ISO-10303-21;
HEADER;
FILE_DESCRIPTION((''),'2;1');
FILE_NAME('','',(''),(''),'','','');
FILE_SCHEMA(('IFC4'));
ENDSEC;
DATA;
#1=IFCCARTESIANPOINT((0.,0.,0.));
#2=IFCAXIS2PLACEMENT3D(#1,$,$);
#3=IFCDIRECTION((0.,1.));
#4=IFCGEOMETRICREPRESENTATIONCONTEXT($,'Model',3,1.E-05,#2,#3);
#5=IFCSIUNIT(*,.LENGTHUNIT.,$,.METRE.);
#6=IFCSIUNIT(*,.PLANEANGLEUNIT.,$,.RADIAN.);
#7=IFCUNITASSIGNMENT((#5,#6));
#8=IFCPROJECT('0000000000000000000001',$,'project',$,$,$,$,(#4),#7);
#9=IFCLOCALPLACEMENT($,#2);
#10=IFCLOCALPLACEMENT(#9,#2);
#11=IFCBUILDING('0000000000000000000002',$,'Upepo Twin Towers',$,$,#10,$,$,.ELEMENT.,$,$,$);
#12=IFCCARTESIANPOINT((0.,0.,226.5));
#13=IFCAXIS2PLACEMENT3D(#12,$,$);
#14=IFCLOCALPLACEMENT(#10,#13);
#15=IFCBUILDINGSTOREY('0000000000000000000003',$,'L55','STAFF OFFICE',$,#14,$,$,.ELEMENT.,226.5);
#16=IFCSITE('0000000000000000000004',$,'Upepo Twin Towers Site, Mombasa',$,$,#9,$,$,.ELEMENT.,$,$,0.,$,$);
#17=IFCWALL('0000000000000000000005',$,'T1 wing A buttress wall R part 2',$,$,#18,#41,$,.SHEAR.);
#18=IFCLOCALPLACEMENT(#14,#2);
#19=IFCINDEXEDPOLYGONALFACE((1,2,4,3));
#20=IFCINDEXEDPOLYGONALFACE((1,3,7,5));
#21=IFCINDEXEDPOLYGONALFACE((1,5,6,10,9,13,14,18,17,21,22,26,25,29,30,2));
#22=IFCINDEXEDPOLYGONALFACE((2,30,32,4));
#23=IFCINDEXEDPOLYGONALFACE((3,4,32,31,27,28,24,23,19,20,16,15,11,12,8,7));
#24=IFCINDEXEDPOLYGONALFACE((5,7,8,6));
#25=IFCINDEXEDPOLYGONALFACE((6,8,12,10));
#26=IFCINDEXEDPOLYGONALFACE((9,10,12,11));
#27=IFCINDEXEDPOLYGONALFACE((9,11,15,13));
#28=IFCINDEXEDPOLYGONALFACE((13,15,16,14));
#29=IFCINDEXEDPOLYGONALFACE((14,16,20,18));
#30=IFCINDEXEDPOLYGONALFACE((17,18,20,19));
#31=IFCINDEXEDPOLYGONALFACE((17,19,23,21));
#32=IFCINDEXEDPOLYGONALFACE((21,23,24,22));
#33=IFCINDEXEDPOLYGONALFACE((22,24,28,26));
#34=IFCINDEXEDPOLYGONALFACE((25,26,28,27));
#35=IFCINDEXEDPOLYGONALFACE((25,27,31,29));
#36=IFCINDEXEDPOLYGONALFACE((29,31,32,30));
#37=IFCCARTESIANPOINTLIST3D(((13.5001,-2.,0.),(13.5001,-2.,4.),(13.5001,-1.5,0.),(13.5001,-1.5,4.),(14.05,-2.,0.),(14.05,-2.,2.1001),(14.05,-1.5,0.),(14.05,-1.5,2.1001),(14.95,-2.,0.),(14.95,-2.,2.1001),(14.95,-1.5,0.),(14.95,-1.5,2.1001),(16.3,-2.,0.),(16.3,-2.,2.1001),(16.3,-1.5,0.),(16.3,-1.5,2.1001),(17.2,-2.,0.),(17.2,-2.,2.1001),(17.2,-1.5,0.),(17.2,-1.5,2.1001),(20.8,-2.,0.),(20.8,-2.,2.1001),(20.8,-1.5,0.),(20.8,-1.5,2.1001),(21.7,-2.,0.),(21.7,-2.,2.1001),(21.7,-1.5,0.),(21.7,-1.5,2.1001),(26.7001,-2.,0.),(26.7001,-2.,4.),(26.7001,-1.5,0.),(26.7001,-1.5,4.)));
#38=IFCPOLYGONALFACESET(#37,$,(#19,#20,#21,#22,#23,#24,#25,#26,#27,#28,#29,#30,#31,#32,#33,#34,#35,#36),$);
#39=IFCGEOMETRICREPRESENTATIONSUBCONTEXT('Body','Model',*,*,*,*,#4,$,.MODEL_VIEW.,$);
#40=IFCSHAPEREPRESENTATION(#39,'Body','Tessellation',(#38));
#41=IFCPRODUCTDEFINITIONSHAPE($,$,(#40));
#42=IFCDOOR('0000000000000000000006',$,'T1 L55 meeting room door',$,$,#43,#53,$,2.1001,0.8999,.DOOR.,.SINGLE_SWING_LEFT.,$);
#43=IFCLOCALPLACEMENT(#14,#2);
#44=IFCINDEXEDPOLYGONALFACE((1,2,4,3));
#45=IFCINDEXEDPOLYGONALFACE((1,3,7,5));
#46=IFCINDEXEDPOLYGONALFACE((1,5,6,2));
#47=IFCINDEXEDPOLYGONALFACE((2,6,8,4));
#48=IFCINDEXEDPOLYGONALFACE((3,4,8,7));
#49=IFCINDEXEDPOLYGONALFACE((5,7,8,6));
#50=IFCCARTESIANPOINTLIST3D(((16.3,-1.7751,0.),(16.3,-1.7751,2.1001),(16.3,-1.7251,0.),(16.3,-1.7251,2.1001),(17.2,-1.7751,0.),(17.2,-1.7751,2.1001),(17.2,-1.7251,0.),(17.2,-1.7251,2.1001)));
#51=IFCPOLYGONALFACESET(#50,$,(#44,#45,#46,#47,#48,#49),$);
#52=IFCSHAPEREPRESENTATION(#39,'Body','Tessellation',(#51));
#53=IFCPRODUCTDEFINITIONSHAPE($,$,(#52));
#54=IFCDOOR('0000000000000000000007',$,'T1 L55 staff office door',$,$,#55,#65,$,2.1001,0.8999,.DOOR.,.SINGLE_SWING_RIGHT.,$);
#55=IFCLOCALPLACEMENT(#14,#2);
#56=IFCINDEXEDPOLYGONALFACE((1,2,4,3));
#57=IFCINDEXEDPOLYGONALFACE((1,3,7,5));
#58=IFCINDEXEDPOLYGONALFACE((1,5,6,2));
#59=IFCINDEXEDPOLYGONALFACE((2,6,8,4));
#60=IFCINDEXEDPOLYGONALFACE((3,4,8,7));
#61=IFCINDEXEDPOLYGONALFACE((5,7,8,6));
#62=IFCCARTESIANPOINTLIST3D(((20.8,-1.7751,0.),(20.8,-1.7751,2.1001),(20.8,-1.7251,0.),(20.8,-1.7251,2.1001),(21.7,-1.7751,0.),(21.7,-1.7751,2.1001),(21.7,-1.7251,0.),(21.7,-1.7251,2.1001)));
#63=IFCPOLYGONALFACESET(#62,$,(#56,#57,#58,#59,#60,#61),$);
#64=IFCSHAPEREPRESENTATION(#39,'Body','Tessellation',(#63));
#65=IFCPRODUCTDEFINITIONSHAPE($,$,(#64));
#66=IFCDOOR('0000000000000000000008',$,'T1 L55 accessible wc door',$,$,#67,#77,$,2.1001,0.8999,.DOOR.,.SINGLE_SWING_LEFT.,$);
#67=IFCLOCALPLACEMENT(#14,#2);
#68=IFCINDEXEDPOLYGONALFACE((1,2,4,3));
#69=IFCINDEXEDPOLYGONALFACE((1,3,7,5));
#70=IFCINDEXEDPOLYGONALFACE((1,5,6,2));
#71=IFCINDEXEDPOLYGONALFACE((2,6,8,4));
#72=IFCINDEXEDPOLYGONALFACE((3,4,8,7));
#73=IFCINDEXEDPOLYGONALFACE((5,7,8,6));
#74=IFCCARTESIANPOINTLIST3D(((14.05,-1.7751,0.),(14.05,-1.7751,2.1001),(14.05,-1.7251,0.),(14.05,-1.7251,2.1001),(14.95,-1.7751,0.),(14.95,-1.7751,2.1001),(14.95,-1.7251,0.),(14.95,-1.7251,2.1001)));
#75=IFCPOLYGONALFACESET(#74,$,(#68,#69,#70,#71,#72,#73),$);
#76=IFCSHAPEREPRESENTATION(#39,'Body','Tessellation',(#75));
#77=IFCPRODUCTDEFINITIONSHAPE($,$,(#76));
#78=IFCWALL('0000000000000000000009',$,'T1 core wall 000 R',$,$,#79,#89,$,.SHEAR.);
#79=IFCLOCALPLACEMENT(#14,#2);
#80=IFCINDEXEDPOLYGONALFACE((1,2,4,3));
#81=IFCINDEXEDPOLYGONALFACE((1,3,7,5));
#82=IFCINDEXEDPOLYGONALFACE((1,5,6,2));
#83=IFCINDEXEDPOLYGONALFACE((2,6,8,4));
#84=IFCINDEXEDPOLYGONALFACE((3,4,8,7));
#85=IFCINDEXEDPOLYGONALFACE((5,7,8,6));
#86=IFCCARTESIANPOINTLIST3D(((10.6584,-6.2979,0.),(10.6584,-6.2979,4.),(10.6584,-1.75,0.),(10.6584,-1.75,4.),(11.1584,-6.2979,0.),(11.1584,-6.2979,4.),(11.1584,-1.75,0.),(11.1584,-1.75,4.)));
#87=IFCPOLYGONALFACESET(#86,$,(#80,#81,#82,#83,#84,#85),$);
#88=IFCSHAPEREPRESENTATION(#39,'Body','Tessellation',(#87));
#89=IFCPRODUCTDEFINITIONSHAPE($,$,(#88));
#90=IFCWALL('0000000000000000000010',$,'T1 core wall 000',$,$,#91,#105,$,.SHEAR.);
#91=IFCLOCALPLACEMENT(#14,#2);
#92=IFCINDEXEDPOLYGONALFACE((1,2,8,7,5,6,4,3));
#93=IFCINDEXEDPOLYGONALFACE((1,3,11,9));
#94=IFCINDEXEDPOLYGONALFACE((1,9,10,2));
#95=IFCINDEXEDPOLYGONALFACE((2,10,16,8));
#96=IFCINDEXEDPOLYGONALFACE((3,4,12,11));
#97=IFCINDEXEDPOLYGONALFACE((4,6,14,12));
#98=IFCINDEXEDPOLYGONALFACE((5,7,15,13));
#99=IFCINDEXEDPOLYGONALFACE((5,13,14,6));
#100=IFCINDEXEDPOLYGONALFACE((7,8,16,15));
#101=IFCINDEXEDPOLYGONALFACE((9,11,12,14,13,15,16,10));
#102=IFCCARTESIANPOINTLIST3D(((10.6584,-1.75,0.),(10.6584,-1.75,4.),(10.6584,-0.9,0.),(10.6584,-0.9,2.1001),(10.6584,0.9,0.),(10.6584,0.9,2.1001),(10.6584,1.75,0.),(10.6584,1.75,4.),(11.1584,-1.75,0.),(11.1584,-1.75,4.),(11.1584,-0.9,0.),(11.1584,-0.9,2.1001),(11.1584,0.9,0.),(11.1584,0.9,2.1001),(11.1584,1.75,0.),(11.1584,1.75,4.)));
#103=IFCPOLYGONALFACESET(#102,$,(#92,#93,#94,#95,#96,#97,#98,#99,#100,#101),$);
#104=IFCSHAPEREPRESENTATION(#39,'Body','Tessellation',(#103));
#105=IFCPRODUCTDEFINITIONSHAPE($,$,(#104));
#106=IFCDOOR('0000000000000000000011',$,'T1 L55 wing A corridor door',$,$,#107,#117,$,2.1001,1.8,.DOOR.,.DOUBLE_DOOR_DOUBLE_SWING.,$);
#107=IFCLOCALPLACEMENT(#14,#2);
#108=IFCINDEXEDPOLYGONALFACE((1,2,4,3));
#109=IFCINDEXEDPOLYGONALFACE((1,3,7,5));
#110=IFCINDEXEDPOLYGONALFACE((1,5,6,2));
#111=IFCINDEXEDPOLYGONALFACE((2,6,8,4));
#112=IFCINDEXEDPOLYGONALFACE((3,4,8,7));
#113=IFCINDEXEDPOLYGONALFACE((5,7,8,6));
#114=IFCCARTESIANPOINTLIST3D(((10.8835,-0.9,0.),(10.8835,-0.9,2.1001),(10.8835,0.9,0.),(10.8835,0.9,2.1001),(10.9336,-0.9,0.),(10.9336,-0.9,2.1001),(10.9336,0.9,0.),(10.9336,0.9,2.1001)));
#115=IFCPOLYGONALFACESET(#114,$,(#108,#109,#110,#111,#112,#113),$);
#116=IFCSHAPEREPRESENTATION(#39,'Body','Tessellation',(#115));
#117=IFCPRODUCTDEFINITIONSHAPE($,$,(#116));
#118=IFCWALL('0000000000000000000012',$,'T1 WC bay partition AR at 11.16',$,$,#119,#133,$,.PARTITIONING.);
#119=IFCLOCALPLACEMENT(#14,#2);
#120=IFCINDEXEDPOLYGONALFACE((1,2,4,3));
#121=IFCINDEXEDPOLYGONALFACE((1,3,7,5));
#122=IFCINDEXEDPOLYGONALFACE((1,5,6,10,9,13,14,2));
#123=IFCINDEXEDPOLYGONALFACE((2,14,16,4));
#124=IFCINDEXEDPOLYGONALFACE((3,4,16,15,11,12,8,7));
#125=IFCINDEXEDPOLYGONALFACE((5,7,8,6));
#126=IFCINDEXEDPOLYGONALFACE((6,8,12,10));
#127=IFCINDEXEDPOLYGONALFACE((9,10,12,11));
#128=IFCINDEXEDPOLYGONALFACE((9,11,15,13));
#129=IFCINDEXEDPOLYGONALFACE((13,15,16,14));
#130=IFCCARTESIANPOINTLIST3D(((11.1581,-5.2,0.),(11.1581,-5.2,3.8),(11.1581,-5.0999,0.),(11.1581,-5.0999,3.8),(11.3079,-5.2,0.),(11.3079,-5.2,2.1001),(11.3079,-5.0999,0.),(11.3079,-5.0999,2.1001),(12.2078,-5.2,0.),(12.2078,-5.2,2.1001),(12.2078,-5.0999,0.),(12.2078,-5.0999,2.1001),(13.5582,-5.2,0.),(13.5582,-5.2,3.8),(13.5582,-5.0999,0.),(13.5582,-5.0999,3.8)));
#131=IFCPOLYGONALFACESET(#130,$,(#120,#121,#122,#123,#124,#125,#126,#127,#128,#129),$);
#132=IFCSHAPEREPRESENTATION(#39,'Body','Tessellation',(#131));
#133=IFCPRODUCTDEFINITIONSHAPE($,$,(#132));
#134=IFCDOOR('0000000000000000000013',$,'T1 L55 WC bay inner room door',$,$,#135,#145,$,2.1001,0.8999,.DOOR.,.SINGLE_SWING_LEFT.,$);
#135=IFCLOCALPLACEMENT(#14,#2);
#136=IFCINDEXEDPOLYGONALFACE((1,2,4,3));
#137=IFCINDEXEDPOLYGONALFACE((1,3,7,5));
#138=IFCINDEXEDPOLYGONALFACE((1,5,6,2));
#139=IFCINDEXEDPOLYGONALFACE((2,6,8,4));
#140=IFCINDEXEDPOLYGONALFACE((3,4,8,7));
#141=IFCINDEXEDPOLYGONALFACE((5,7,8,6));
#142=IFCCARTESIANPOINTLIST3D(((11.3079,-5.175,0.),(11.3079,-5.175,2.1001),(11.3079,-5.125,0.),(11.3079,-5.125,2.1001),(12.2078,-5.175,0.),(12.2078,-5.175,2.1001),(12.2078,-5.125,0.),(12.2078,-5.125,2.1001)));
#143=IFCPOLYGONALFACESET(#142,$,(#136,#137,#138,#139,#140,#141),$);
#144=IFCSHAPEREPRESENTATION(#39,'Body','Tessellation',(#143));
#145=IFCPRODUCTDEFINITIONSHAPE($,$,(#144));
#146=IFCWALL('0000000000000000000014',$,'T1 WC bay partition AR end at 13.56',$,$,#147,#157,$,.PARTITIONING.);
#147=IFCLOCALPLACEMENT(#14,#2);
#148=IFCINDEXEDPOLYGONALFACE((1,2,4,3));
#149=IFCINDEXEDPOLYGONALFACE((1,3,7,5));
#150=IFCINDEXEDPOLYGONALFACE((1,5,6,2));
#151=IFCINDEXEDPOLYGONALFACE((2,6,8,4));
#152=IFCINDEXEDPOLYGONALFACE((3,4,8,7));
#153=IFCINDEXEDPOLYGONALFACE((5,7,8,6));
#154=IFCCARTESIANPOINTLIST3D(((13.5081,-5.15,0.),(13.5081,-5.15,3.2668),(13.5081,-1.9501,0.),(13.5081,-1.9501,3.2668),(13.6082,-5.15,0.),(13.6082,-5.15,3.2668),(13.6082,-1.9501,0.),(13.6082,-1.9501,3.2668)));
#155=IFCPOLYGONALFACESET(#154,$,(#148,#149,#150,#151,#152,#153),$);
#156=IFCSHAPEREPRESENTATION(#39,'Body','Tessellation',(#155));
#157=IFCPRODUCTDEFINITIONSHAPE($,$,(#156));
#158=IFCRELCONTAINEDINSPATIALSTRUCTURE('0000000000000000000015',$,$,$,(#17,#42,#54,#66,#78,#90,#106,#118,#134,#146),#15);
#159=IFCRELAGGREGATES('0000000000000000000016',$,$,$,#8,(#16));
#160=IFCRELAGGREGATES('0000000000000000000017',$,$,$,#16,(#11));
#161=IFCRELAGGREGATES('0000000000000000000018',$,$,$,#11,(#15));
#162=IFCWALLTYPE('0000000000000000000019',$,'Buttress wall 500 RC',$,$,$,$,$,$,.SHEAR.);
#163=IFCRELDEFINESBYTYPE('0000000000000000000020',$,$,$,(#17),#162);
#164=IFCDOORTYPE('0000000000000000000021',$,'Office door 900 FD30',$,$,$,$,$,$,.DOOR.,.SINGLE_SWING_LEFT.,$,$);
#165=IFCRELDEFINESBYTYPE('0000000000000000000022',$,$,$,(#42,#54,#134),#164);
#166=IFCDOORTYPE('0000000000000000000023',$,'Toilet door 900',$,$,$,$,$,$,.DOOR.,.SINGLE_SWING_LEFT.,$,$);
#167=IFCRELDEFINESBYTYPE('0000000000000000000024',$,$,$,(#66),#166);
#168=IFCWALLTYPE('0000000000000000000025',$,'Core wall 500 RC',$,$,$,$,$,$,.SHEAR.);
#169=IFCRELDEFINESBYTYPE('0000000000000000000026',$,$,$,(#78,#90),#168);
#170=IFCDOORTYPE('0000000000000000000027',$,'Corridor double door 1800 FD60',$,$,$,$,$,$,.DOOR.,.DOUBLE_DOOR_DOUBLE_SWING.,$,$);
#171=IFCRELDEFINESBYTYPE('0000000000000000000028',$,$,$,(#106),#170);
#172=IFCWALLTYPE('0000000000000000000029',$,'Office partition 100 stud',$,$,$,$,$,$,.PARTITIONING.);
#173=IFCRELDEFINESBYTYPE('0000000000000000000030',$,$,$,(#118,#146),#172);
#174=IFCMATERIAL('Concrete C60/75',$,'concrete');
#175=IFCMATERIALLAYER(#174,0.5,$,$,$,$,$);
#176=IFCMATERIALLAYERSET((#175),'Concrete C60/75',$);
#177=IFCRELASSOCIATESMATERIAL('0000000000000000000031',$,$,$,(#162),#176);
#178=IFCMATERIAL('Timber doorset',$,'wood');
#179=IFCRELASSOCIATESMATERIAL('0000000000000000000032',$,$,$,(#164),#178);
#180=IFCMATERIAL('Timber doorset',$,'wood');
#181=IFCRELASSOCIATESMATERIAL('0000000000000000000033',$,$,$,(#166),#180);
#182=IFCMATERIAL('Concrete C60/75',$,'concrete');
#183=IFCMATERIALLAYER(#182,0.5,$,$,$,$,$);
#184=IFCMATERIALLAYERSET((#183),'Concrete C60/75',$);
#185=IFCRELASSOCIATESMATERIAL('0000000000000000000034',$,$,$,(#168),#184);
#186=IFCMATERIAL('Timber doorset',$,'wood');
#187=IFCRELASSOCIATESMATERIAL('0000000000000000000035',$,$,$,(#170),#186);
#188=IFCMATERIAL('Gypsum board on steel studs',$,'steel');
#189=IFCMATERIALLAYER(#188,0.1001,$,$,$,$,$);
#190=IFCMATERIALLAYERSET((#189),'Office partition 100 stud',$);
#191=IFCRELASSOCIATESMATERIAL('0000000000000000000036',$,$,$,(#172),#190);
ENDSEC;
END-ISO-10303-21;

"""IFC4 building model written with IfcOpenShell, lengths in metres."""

from ifc_helpers import new_model, si_unit, direction, frame, frame_2d, origin, place, context, subcontext, project, spatial, rectangle, extrude, material, layer, layer_set, type_object, element, fill, save


model = new_model("IFC4")

# Units and contexts
model_context = context("Model", 3, precision=1e-05, world=origin(), true_north=direction((0.0, 1.0)))
body_context = subcontext(model_context, "Body", "Model", "MODEL_VIEW")
ifc_project = project(units=[si_unit("LENGTHUNIT", "METRE"), si_unit("PLANEANGLEUNIT", "RADIAN")], contexts=[model_context])

# Site, building, storey
site_placement = place(None, origin())
site = spatial("IfcSite", under=ifc_project, at=site_placement, Name="Upepo Twin Towers Site, Mombasa", CompositionType="ELEMENT", RefElevation=0.0)
building_placement = place(site_placement, origin())
building = spatial("IfcBuilding", under=site, at=building_placement, Name="Upepo Twin Towers", CompositionType="ELEMENT")
storey_placement = place(building_placement, frame((0.0, 0.0, 226.5)))
storey = spatial("IfcBuildingStorey", under=building, at=storey_placement, Name="L55", Description="STAFF OFFICE", CompositionType="ELEMENT", Elevation=226.5)

# Wall, openings, doors
ifc_material_1 = material(Name="Concrete C60/75", Category="concrete")
ifc_layer_1 = layer(ifc_material_1, 0.5)
ifc_layer_set_1 = layer_set([ifc_layer_1], Name="Concrete C60/75")
wall_type_1 = type_object("IfcWallType", Name="Buttress wall 500 RC", PredefinedType="SHEAR", material=ifc_layer_set_1)
wall_1_placement = place(storey_placement, frame((13.5, -1.75, 0.0), z_axis=(0.0, 0.0, 1.0), x_axis=(1.0, 0.0, 0.0)))
wall_1 = element("IfcWall", 1, at=wall_1_placement, inside=storey, type_object=wall_type_1, Name="T1 wing A buttress wall R part 2", PredefinedType="SHEAR", context=body_context, shape_type="SweptSolid", body=[
    extrude(rectangle(XDim=13.2, YDim=0.5, at=frame_2d((6.6001, 0.0))), origin(), (0.0, 0.0, 1.0), 4.0),
])
opening_1_placement = place(wall_1_placement, frame((0.55, 0.0, 0.0)))
opening_1 = element("IfcOpeningElement", 2, at=opening_1_placement, cuts=wall_1, PredefinedType="OPENING", context=body_context, shape_type="SweptSolid", body=[
    extrude(rectangle(XDim=0.8999, YDim=2.1001, at=frame_2d((0.45, 1.05))), frame((0.0, 0.26, 0.0), z_axis=(0.0, -1.0, 0.0), x_axis=(1.0, 0.0, 0.0)), (0.0, 0.0, 1.0), 0.52),
])
opening_2_placement = place(wall_1_placement, frame((2.8, 0.0, 0.0)))
opening_2 = element("IfcOpeningElement", 3, at=opening_2_placement, cuts=wall_1, PredefinedType="OPENING", context=body_context, shape_type="SweptSolid", body=[
    extrude(rectangle(XDim=0.8999, YDim=2.1001, at=frame_2d((0.45, 1.05))), frame((0.0, 0.26, 0.0), z_axis=(0.0, -1.0, 0.0), x_axis=(1.0, 0.0, 0.0)), (0.0, 0.0, 1.0), 0.52),
])
opening_3_placement = place(wall_1_placement, frame((7.3, 0.0, 0.0)))
opening_3 = element("IfcOpeningElement", 4, at=opening_3_placement, cuts=wall_1, PredefinedType="OPENING", context=body_context, shape_type="SweptSolid", body=[
    extrude(rectangle(XDim=0.8999, YDim=2.1001, at=frame_2d((0.45, 1.05))), frame((0.0, 0.26, 0.0), z_axis=(0.0, -1.0, 0.0), x_axis=(1.0, 0.0, 0.0)), (0.0, 0.0, 1.0), 0.52),
])
ifc_material_2 = material(Name="Timber doorset", Category="wood")
door_type_1 = type_object("IfcDoorType", Name="Office door 900 FD30", OperationType="SINGLE_SWING_LEFT", PredefinedType="DOOR", material=ifc_material_2)
door_1_placement = place(opening_2_placement, origin())
door_1 = element("IfcDoor", 5, at=door_1_placement, inside=storey, type_object=door_type_1, Name="T1 L55 meeting room door", OperationType="SINGLE_SWING_LEFT", OverallHeight=2.1001, OverallWidth=0.8999, PredefinedType="DOOR", context=body_context, shape_type="SweptSolid", body=[
    extrude(rectangle(XDim=0.8999, YDim=2.1001, at=frame_2d((0.45, 1.05))), frame((0.0, 0.0249, 0.0), z_axis=(0.0, -1.0, 0.0), x_axis=(1.0, 0.0, 0.0)), (0.0, 0.0, 1.0), 0.05),
])
fill(opening_2, door_1)
door_2_placement = place(opening_3_placement, origin())
door_2 = element("IfcDoor", 6, at=door_2_placement, inside=storey, type_object=door_type_1, Name="T1 L55 staff office door", OperationType="SINGLE_SWING_RIGHT", OverallHeight=2.1001, OverallWidth=0.8999, PredefinedType="DOOR", context=body_context, shape_type="SweptSolid", body=[
    extrude(rectangle(XDim=0.8999, YDim=2.1001, at=frame_2d((0.45, 1.05))), frame((0.0, 0.0249, 0.0), z_axis=(0.0, -1.0, 0.0), x_axis=(1.0, 0.0, 0.0)), (0.0, 0.0, 1.0), 0.05),
])
fill(opening_3, door_2)
ifc_material_3 = material(Name="Timber doorset", Category="wood")
door_type_2 = type_object("IfcDoorType", Name="Toilet door 900", OperationType="SINGLE_SWING_LEFT", PredefinedType="DOOR", material=ifc_material_3)
door_3_placement = place(opening_1_placement, origin())
door_3 = element("IfcDoor", 7, at=door_3_placement, inside=storey, type_object=door_type_2, Name="T1 L55 accessible wc door", OperationType="SINGLE_SWING_LEFT", OverallHeight=2.1001, OverallWidth=0.8999, PredefinedType="DOOR", context=body_context, shape_type="SweptSolid", body=[
    extrude(rectangle(XDim=0.8999, YDim=2.1001, at=frame_2d((0.45, 1.05))), frame((0.0, 0.0249, 0.0), z_axis=(0.0, -1.0, 0.0), x_axis=(1.0, 0.0, 0.0)), (0.0, 0.0, 1.0), 0.05),
])
fill(opening_1, door_3)

# Wall
ifc_material_4 = material(Name="Concrete C60/75", Category="concrete")
ifc_layer_2 = layer(ifc_material_4, 0.5)
ifc_layer_set_2 = layer_set([ifc_layer_2], Name="Concrete C60/75")
wall_type_2 = type_object("IfcWallType", Name="Core wall 500 RC", PredefinedType="SHEAR", material=ifc_layer_set_2)
wall_2_placement = place(storey_placement, frame((10.9084, -6.2979, 0.0), z_axis=(0.0, 0.0, 1.0), x_axis=(0.0, 1.0, 0.0)))
element("IfcWall", 8, at=wall_2_placement, inside=storey, type_object=wall_type_2, Name="T1 core wall 000 R", PredefinedType="SHEAR", context=body_context, shape_type="SweptSolid", body=[
    extrude(rectangle(XDim=4.5479, YDim=0.5, at=frame_2d((2.2739, 0.0))), origin(), (0.0, 0.0, 1.0), 4.0),
])

# Walls, openings, doors
wall_3_placement = place(storey_placement, frame((10.9084, -1.75, 0.0), z_axis=(0.0, 0.0, 1.0), x_axis=(0.0, 1.0, 0.0)))
wall_3 = element("IfcWall", 9, at=wall_3_placement, inside=storey, type_object=wall_type_2, Name="T1 core wall 000", PredefinedType="SHEAR", context=body_context, shape_type="SweptSolid", body=[
    extrude(rectangle(XDim=3.5, YDim=0.5, at=frame_2d((1.75, 0.0))), origin(), (0.0, 0.0, 1.0), 4.0),
])
opening_4_placement = place(wall_3_placement, frame((0.8501, 0.0, 0.0)))
opening_4 = element("IfcOpeningElement", 10, at=opening_4_placement, cuts=wall_3, PredefinedType="OPENING", context=body_context, shape_type="SweptSolid", body=[
    extrude(rectangle(XDim=1.8, YDim=2.1001, at=frame_2d((0.8999, 1.05))), frame((0.0, 0.26, 0.0), z_axis=(0.0, -1.0, 0.0), x_axis=(1.0, 0.0, 0.0)), (0.0, 0.0, 1.0), 0.52),
])
ifc_material_5 = material(Name="Timber doorset", Category="wood")
door_type_3 = type_object("IfcDoorType", Name="Corridor double door 1800 FD60", OperationType="DOUBLE_DOOR_DOUBLE_SWING", PredefinedType="DOOR", material=ifc_material_5)
door_4_placement = place(opening_4_placement, origin())
door_4 = element("IfcDoor", 11, at=door_4_placement, inside=storey, type_object=door_type_3, Name="T1 L55 wing A corridor door", OperationType="DOUBLE_DOOR_DOUBLE_SWING", OverallHeight=2.1001, OverallWidth=1.8, PredefinedType="DOOR", context=body_context, shape_type="SweptSolid", body=[
    extrude(rectangle(XDim=1.8, YDim=2.1001, at=frame_2d((0.8999, 1.05))), frame((0.0, 0.0249, 0.0), z_axis=(0.0, -1.0, 0.0), x_axis=(1.0, 0.0, 0.0)), (0.0, 0.0, 1.0), 0.05),
])
fill(opening_4, door_4)
ifc_material_6 = material(Name="Gypsum board on steel studs", Category="steel")
ifc_layer_3 = layer(ifc_material_6, 0.1001)
ifc_layer_set_3 = layer_set([ifc_layer_3], Name="Office partition 100 stud")
wall_type_3 = type_object("IfcWallType", Name="Office partition 100 stud", PredefinedType="PARTITIONING", material=ifc_layer_set_3)
wall_4_placement = place(storey_placement, frame((11.158, -5.1499, 0.0), z_axis=(0.0, 0.0, 1.0), x_axis=(1.0, 0.0, 0.0)))
wall_4 = element("IfcWall", 12, at=wall_4_placement, inside=storey, type_object=wall_type_3, Name="T1 WC bay partition AR at 11.16", PredefinedType="PARTITIONING", context=body_context, shape_type="SweptSolid", body=[
    extrude(rectangle(XDim=2.4001, YDim=0.1001, at=frame_2d((1.2002, 0.0))), origin(), (0.0, 0.0, 1.0), 3.8),
])
opening_5_placement = place(wall_4_placement, frame((0.1499, 0.0, 0.0)))
opening_5 = element("IfcOpeningElement", 13, at=opening_5_placement, cuts=wall_4, PredefinedType="OPENING", context=body_context, shape_type="SweptSolid", body=[
    extrude(rectangle(XDim=0.8999, YDim=2.1001, at=frame_2d((0.45, 1.05))), frame((0.0, 0.0601, 0.0), z_axis=(0.0, -1.0, 0.0), x_axis=(1.0, 0.0, 0.0)), (0.0, 0.0, 1.0), 0.1201),
])
door_5_placement = place(opening_5_placement, origin())
door_5 = element("IfcDoor", 14, at=door_5_placement, inside=storey, type_object=door_type_1, Name="T1 L55 WC bay inner room door", OperationType="SINGLE_SWING_LEFT", OverallHeight=2.1001, OverallWidth=0.8999, PredefinedType="DOOR", context=body_context, shape_type="SweptSolid", body=[
    extrude(rectangle(XDim=0.8999, YDim=2.1001, at=frame_2d((0.45, 1.05))), frame((0.0, 0.0249, 0.0), z_axis=(0.0, -1.0, 0.0), x_axis=(1.0, 0.0, 0.0)), (0.0, 0.0, 1.0), 0.05),
])
fill(opening_5, door_5)

# Wall
wall_5_placement = place(storey_placement, frame((13.5581, -1.95, 0.0), z_axis=(0.0, 0.0, 1.0), x_axis=(0.0, -1.0, 0.0)))
element("IfcWall", 15, at=wall_5_placement, inside=storey, type_object=wall_type_3, Name="T1 WC bay partition AR end at 13.56", PredefinedType="PARTITIONING", context=body_context, shape_type="SweptSolid", body=[
    extrude(rectangle(XDim=3.2, YDim=0.1001, at=frame_2d((1.6001, 0.0))), origin(), (0.0, 0.0, 1.0), 3.2668),
])

save(model, "model.ifc")
